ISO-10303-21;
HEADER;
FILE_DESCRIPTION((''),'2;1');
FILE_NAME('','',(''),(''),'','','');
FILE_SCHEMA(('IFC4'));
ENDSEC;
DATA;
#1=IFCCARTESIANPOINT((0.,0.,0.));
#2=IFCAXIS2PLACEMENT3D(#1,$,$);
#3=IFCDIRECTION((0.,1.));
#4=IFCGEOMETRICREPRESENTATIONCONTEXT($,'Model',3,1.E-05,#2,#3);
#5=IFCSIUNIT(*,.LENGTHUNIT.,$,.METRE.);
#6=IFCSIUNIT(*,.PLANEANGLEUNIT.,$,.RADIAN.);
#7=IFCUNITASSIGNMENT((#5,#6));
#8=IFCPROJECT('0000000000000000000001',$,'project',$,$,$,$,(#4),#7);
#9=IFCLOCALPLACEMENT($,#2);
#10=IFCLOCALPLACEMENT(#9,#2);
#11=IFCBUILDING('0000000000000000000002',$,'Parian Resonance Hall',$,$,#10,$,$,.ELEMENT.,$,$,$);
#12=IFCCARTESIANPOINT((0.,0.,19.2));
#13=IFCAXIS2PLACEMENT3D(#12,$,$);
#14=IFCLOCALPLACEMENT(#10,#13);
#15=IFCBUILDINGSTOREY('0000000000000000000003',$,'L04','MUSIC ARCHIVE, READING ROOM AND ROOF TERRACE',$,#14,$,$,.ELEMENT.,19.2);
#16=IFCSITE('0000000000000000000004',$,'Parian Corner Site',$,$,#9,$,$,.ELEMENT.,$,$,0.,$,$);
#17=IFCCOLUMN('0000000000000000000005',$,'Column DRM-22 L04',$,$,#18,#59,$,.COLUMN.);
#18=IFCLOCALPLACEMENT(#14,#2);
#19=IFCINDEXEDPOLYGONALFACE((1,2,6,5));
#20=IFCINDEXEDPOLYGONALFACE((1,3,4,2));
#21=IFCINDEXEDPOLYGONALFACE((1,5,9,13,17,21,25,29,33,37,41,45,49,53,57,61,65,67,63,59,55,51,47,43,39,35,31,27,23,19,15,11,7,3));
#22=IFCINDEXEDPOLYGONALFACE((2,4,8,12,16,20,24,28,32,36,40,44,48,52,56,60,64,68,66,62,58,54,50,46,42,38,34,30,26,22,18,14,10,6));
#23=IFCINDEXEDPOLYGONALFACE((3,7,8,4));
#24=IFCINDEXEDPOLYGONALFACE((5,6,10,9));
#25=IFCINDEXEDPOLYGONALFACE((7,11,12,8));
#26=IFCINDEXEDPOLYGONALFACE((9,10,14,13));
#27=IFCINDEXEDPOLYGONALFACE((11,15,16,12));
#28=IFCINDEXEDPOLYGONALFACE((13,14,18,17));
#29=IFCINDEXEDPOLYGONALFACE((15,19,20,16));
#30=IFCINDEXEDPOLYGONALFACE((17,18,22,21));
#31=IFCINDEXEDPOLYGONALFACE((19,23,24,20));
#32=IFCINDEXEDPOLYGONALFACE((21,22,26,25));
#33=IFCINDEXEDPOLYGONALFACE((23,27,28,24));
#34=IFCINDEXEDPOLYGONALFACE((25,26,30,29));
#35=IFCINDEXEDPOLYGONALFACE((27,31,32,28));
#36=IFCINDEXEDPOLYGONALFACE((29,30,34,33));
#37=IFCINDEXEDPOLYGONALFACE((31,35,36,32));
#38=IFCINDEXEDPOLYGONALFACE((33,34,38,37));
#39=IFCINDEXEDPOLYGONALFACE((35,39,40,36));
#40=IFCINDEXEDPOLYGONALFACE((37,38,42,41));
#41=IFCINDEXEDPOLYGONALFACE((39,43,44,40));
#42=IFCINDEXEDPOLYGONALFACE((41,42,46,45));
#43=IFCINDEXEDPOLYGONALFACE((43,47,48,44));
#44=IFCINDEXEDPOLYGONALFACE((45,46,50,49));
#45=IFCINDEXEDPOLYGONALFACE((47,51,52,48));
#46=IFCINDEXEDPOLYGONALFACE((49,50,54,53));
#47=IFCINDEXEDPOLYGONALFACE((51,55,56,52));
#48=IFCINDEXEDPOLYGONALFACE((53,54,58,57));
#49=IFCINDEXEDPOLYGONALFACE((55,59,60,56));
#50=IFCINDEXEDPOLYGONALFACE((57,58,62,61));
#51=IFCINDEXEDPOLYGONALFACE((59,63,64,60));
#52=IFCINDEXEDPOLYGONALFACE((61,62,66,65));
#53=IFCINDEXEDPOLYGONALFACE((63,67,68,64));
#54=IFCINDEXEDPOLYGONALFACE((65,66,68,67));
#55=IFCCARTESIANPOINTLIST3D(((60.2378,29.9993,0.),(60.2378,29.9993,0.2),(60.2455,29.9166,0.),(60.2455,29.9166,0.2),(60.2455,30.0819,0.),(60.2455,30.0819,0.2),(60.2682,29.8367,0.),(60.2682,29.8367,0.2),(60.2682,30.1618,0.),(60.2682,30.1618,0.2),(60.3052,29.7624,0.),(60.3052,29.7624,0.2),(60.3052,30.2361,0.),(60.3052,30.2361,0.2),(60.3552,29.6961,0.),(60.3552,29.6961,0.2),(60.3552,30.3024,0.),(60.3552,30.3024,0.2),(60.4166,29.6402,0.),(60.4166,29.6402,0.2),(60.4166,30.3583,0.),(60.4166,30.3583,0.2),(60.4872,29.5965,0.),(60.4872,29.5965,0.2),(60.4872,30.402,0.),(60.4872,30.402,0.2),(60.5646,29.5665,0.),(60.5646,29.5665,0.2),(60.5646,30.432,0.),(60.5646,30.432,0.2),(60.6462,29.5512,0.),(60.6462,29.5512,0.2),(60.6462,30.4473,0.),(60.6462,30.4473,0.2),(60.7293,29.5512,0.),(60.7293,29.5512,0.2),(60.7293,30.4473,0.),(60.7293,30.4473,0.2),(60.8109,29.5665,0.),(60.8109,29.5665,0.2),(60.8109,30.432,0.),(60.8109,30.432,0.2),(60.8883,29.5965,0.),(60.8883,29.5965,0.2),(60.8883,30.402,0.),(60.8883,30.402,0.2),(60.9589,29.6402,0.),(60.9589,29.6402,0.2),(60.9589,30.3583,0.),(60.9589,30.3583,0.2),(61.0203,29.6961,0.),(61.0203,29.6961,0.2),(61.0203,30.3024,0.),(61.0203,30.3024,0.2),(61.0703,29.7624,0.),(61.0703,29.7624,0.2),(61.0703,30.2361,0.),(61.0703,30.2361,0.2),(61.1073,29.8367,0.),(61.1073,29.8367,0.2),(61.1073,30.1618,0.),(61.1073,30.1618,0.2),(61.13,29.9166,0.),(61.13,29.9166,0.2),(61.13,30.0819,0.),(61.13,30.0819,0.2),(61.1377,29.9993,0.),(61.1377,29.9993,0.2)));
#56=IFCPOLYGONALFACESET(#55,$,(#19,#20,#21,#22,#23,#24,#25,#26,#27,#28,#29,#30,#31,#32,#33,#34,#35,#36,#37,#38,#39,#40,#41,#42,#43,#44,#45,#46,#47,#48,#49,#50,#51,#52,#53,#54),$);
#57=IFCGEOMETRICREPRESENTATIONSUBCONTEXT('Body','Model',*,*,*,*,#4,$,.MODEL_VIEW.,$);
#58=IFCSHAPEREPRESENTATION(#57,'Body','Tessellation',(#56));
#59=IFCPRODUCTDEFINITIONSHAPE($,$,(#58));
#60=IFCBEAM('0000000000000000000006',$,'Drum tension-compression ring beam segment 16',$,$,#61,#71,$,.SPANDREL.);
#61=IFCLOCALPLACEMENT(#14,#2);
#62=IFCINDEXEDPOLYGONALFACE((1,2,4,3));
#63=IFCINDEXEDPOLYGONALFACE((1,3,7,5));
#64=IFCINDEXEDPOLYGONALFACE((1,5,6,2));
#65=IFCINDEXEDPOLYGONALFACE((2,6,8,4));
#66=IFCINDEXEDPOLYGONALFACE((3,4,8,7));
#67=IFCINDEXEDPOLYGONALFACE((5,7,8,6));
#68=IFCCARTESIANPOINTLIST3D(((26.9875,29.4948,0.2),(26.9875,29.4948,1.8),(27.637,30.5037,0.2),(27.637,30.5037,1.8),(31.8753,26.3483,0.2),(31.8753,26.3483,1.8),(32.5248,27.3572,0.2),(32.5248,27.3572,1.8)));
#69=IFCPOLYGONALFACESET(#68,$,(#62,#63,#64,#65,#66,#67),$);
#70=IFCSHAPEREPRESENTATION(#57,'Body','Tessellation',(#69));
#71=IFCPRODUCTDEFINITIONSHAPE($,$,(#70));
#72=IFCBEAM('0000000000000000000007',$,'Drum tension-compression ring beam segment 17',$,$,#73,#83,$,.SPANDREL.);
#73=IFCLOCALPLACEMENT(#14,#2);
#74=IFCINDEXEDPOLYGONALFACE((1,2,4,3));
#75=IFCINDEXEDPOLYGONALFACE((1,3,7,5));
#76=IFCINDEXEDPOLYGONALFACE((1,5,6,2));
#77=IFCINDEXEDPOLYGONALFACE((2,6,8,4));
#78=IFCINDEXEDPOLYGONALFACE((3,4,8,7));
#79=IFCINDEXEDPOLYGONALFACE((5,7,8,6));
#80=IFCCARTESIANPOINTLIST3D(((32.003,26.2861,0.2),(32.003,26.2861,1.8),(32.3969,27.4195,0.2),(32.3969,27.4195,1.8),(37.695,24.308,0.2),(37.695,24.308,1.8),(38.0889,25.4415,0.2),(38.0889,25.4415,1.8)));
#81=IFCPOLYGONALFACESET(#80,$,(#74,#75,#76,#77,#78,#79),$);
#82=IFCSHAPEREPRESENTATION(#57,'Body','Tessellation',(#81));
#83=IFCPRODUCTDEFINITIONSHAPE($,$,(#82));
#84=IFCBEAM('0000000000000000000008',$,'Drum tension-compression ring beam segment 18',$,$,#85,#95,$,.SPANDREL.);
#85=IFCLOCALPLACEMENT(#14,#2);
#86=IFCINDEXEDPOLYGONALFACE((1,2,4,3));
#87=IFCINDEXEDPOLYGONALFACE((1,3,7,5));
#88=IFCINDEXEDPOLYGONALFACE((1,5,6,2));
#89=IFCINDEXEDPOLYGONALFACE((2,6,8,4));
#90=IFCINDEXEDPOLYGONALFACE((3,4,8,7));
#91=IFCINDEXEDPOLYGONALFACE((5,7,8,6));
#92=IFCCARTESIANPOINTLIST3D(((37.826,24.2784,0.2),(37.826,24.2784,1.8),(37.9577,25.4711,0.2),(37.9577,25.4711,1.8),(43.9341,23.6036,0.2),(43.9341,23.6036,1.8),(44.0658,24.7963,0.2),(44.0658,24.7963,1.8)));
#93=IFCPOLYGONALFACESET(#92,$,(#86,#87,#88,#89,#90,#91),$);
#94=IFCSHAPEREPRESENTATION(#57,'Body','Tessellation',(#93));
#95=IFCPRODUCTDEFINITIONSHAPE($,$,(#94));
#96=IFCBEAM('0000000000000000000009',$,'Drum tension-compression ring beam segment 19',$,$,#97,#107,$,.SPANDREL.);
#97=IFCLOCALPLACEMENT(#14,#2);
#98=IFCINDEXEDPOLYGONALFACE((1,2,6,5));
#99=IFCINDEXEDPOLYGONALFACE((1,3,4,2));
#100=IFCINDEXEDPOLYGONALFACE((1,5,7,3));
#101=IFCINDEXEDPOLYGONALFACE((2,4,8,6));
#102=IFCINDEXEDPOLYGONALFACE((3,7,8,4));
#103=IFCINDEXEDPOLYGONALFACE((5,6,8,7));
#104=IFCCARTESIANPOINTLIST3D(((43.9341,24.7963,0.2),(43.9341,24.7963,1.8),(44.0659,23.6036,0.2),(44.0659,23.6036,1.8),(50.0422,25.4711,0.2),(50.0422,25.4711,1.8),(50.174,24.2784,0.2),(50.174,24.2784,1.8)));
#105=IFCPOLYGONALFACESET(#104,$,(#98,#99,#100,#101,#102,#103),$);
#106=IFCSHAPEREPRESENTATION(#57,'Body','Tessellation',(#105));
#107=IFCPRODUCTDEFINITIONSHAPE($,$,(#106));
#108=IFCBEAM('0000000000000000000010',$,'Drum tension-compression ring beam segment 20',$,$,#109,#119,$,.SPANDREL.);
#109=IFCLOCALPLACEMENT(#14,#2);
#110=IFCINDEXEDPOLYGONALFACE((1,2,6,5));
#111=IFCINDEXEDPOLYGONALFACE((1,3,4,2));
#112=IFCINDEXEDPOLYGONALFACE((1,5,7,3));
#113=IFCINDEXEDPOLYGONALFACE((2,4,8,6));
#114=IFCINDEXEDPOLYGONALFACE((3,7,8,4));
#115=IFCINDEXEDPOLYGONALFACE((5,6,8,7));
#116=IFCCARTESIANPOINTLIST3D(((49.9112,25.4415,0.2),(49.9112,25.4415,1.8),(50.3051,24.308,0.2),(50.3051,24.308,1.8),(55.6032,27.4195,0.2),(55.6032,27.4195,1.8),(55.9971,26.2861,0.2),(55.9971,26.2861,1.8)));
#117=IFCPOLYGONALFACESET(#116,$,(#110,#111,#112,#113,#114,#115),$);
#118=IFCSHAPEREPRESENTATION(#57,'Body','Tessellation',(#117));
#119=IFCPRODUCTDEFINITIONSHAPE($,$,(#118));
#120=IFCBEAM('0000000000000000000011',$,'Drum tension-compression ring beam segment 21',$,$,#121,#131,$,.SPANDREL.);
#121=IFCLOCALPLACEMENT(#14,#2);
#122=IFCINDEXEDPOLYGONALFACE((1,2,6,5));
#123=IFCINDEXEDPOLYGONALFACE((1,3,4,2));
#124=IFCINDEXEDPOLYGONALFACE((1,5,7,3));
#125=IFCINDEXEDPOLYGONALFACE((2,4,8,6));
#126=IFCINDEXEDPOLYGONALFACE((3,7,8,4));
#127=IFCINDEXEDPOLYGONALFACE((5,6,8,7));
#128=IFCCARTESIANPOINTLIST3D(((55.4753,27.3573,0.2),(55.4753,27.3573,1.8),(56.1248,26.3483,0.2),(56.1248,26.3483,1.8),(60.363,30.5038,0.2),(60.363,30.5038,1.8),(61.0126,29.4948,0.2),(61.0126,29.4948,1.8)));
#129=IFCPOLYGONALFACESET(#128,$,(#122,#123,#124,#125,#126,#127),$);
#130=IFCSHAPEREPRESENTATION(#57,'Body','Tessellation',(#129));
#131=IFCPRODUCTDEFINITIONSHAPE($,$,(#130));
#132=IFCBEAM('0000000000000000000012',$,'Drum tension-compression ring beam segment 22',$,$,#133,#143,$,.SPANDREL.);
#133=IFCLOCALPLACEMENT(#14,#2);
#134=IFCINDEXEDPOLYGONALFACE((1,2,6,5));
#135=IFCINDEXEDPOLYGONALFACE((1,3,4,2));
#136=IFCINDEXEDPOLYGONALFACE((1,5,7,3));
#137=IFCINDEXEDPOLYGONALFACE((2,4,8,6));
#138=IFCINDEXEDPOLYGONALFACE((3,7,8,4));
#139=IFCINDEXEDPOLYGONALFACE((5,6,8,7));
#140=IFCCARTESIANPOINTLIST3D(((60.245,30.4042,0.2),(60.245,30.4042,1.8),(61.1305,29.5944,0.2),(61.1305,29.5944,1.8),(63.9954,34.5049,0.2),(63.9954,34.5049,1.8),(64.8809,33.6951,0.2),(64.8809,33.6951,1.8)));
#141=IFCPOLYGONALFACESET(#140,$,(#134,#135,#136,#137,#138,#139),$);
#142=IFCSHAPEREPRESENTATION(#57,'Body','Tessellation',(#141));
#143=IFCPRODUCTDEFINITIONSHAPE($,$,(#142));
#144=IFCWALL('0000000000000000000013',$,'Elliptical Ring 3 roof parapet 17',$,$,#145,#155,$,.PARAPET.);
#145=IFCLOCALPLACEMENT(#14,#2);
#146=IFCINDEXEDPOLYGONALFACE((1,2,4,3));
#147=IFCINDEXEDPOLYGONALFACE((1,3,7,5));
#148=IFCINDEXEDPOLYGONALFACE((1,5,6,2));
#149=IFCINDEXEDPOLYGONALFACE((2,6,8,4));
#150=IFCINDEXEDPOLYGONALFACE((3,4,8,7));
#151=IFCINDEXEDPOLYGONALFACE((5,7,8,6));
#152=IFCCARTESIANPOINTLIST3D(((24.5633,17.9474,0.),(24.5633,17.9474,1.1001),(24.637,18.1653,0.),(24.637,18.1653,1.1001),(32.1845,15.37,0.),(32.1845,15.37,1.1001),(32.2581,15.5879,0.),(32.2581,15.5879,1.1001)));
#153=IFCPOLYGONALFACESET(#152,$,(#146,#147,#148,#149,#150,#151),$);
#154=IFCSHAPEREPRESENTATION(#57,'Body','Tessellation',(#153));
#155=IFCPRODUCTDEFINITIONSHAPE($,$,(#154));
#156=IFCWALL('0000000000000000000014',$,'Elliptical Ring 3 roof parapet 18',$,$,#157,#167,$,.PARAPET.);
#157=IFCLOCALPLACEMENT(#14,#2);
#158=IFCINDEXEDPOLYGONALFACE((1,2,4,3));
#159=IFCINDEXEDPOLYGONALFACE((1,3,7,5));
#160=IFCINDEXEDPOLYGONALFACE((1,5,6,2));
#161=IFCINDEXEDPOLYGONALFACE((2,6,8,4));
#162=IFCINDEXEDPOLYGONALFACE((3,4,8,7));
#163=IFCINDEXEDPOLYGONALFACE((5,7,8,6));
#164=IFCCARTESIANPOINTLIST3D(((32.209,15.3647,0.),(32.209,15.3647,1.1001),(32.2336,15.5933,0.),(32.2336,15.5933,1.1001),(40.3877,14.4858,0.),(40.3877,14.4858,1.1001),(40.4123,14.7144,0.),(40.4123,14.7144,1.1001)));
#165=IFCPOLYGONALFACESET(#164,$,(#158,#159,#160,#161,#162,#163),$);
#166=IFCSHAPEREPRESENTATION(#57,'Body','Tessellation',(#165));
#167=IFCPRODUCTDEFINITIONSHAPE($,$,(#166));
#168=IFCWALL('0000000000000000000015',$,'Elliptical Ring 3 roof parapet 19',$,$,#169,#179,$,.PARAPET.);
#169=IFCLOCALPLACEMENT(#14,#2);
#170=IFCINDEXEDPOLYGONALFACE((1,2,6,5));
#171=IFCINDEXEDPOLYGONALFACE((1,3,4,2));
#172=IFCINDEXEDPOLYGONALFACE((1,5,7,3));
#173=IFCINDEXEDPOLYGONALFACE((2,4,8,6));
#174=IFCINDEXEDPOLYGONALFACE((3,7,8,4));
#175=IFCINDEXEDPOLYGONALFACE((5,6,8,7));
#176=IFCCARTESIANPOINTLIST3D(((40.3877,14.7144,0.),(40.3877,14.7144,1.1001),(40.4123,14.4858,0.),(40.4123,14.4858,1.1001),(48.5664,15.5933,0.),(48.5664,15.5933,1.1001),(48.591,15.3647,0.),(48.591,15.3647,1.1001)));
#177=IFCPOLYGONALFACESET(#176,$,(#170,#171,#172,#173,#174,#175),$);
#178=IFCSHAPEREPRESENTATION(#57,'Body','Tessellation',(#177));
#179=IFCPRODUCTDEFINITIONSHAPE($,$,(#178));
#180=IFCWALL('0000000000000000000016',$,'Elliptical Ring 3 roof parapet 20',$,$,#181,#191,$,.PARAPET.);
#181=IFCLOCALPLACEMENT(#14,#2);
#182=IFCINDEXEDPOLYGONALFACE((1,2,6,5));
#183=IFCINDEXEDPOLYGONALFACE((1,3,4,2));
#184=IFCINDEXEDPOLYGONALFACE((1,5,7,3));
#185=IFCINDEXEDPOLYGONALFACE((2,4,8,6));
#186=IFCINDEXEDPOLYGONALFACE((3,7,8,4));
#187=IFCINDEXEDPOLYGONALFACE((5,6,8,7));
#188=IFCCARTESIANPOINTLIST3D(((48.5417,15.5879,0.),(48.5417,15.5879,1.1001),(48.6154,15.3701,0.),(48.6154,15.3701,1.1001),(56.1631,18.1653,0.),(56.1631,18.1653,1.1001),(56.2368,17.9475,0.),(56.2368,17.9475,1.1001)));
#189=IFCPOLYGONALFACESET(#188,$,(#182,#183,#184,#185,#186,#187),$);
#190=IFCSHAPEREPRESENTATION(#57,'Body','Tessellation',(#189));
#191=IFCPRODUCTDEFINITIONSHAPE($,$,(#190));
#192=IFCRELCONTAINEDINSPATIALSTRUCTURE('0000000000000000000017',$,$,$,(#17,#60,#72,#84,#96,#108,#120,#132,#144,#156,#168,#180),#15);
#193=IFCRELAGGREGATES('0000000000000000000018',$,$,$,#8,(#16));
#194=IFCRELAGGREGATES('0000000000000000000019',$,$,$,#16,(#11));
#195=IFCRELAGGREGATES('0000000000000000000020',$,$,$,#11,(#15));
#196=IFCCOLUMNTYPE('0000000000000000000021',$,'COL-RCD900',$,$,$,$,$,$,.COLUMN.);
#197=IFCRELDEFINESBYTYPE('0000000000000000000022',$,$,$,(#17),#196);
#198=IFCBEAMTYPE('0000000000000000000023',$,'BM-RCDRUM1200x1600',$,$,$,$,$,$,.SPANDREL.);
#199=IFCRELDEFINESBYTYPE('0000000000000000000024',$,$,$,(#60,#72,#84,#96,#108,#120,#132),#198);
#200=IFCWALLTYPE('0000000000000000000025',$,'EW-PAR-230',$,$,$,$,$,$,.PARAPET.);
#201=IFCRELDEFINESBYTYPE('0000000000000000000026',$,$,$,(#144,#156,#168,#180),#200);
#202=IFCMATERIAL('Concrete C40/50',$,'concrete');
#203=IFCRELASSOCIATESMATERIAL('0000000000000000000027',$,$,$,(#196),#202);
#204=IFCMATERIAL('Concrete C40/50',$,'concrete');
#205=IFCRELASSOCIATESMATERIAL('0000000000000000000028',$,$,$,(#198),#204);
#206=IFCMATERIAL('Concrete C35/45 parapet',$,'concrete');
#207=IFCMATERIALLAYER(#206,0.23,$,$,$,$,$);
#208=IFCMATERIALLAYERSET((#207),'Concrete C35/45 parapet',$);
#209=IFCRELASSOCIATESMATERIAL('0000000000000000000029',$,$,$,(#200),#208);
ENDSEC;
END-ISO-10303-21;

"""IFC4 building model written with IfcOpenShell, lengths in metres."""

from ifc_helpers import new_model, si_unit, direction, frame, frame_2d, origin, origin_2d, place, context, subcontext, project, spatial, rectangle, circle, extrude, material, layer, layer_set, material_profile, profile_set, type_object, element, save


model = new_model("IFC4")

# Units and contexts
model_context = context("Model", 3, precision=1e-05, world=origin(), true_north=direction((0.0, 1.0)))
body_context = subcontext(model_context, "Body", "Model", "MODEL_VIEW")
ifc_project = project(units=[si_unit("LENGTHUNIT", "METRE"), si_unit("PLANEANGLEUNIT", "RADIAN")], contexts=[model_context])

# Site, building, storey
site_placement = place(None, origin())
site = spatial("IfcSite", under=ifc_project, at=site_placement, Name="Parian Corner Site", CompositionType="ELEMENT", RefElevation=0.0)
building_placement = place(site_placement, origin())
building = spatial("IfcBuilding", under=site, at=building_placement, Name="Parian Resonance Hall", CompositionType="ELEMENT")
storey_placement = place(building_placement, frame((0.0, 0.0, 19.2)))
storey = spatial("IfcBuildingStorey", under=building, at=storey_placement, Name="L04", Description="MUSIC ARCHIVE, READING ROOM AND ROOF TERRACE", CompositionType="ELEMENT", Elevation=19.2)

# Column
ifc_material_1 = material(Name="Concrete C40/50", Category="concrete")
ifc_material_profile_1 = material_profile(ifc_material_1, circle(Radius=0.45, at=origin_2d()), Name="RC-COL-D900")
ifc_profile_set_1 = profile_set([ifc_material_profile_1], Name="Concrete C40/50")
column_type = type_object("IfcColumnType", Name="COL-RCD900", PredefinedType="COLUMN", material=ifc_profile_set_1)
for number, where, z_axis, x_axis, name in (
    (1, (60.6877, 29.9993, 0.0), (0.0, 0.0, 1.0), (1.0, 0.0, 0.0), "Column DRM-22 L04"),
):
    element("IfcColumn", number, at=place(storey_placement, frame(where, z_axis=z_axis, x_axis=x_axis)), inside=storey, type_object=column_type, Name=name, PredefinedType="COLUMN", context=body_context, shape_type="SweptSolid", body=[
        extrude(circle(Radius=0.45, at=origin_2d()), origin(), (0.0, 0.0, 1.0), 0.2),
    ])

# Beams
ifc_material_2 = material(Name="Concrete C40/50", Category="concrete")
ifc_material_profile_2 = material_profile(ifc_material_2, rectangle(XDim=1.2, YDim=1.6001, at=origin_2d()), Name="RC-DRUM-1200x1600")
ifc_profile_set_2 = profile_set([ifc_material_profile_2], Name="Concrete C40/50")
beam_type = type_object("IfcBeamType", Name="BM-RCDRUM1200x1600", PredefinedType="SPANDREL", material=ifc_profile_set_2)
beam_1_placement = place(storey_placement, frame((27.3123, 29.9993, 1.0), z_axis=(0.840834, -0.541292, 0.0), x_axis=(0.541292, 0.840834, 0.0)))
element("IfcBeam", 2, at=beam_1_placement, inside=storey, type_object=beam_type, Name="Drum tension-compression ring beam segment 16", PredefinedType="SPANDREL", context=body_context, shape_type="SweptSolid", body=[
    extrude(rectangle(XDim=1.2, YDim=1.6001, at=origin_2d()), origin(), (0.0, 0.0, 1.0), 5.813),
])
beam_2_placement = place(storey_placement, frame((32.2, 26.8528, 1.0), z_axis=(0.944587, -0.32826, 0.0), x_axis=(0.32826, 0.944587, 0.0)))
element("IfcBeam", 3, at=beam_2_placement, inside=storey, type_object=beam_type, Name="Drum tension-compression ring beam segment 17", PredefinedType="SPANDREL", context=body_context, shape_type="SweptSolid", body=[
    extrude(rectangle(XDim=1.2, YDim=1.6001, at=origin_2d()), origin(), (0.0, 0.0, 1.0), 6.0259),
])
for number, where, z_axis, x_axis, name in (
    (4, (37.8918, 24.8748, 1.0), (0.993953, -0.109808, 0.0), (0.109808, 0.993953, 0.0), "Drum tension-compression ring beam segment 18"),
    (5, (44.0, 24.2, 1.0), (0.993953, 0.109808, 0.0), (-0.109808, 0.993953, 0.0), "Drum tension-compression ring beam segment 19"),
):
    element("IfcBeam", number, at=place(storey_placement, frame(where, z_axis=z_axis, x_axis=x_axis)), inside=storey, type_object=beam_type, Name=name, PredefinedType="SPANDREL", context=body_context, shape_type="SweptSolid", body=[
        extrude(rectangle(XDim=1.2, YDim=1.6001, at=origin_2d()), origin(), (0.0, 0.0, 1.0), 6.1453),
    ])
beam_3_placement = place(storey_placement, frame((50.1082, 24.8748, 1.0), z_axis=(0.944587, 0.32826, 0.0), x_axis=(-0.32826, 0.944587, 0.0)))
element("IfcBeam", 6, at=beam_3_placement, inside=storey, type_object=beam_type, Name="Drum tension-compression ring beam segment 20", PredefinedType="SPANDREL", context=body_context, shape_type="SweptSolid", body=[
    extrude(rectangle(XDim=1.2, YDim=1.6001, at=origin_2d()), origin(), (0.0, 0.0, 1.0), 6.0259),
])
beam_4_placement = place(storey_placement, frame((55.8, 26.8528, 1.0), z_axis=(0.840834, 0.541292, 0.0), x_axis=(-0.541292, 0.840834, 0.0)))
element("IfcBeam", 7, at=beam_4_placement, inside=storey, type_object=beam_type, Name="Drum tension-compression ring beam segment 21", PredefinedType="SPANDREL", context=body_context, shape_type="SweptSolid", body=[
    extrude(rectangle(XDim=1.2, YDim=1.6001, at=origin_2d()), origin(), (0.0, 0.0, 1.0), 5.813),
])
beam_5_placement = place(storey_placement, frame((60.6877, 29.9993, 1.0), z_axis=(0.674883, 0.737925, 0.0), x_axis=(-0.737925, 0.674883, 0.0)))
element("IfcBeam", 8, at=beam_5_placement, inside=storey, type_object=beam_type, Name="Drum tension-compression ring beam segment 22", PredefinedType="SPANDREL", context=body_context, shape_type="SweptSolid", body=[
    extrude(rectangle(XDim=1.2, YDim=1.6001, at=origin_2d()), origin(), (0.0, 0.0, 1.0), 5.5571),
])

# Walls
ifc_material_3 = material(Name="Concrete C35/45 parapet", Category="concrete")
ifc_layer_1 = layer(ifc_material_3, 0.23)
ifc_layer_set_1 = layer_set([ifc_layer_1], Name="Concrete C35/45 parapet")
wall_type_1 = type_object("IfcWallType", Name="EW-PAR-230", PredefinedType="PARAPET", material=ifc_layer_set_1)
wall_1_placement = place(storey_placement, frame((32.2212, 15.479, 0.0), z_axis=(0.0, 0.0, 1.0), x_axis=(-0.947293, 0.320367, 0.0)))
element("IfcWall", 9, at=wall_1_placement, inside=storey, type_object=wall_type_1, Name="Elliptical Ring 3 roof parapet 17", PredefinedType="PARAPET", context=body_context, shape_type="SweptSolid", body=[
    extrude(rectangle(XDim=8.0452, YDim=0.23, at=frame_2d((4.0225, 0.0))), origin(), (0.0, 0.0, 1.0), 1.1001),
])
for number, where, z_axis, x_axis, name in (
    (10, (40.3999, 14.6001, 0.0), (0.0, 0.0, 1.0), (-0.994275, 0.106848, 0.0), "Elliptical Ring 3 roof parapet 18"),
    (11, (48.5786, 15.479, 0.0), (0.0, 0.0, 1.0), (-0.994275, -0.106848, 0.0), "Elliptical Ring 3 roof parapet 19"),
):
    element("IfcWall", number, at=place(storey_placement, frame(where, z_axis=z_axis, x_axis=x_axis)), inside=storey, type_object=wall_type_1, Name=name, PredefinedType="PARAPET", context=body_context, shape_type="SweptSolid", body=[
        extrude(rectangle(XDim=8.2258, YDim=0.23, at=frame_2d((4.1128, 0.0))), origin(), (0.0, 0.0, 1.0), 1.1001),
    ])
wall_2_placement = place(storey_placement, frame((56.2, 18.0564, 0.0), z_axis=(0.0, 0.0, 1.0), x_axis=(-0.947297, -0.320358, 0.0)))
element("IfcWall", 12, at=wall_2_placement, inside=storey, type_object=wall_type_1, Name="Elliptical Ring 3 roof parapet 20", PredefinedType="PARAPET", context=body_context, shape_type="SweptSolid", body=[
    extrude(rectangle(XDim=8.0454, YDim=0.23, at=frame_2d((4.0227, 0.0))), origin(), (0.0, 0.0, 1.0), 1.1001),
])

save(model, "model.ifc")
